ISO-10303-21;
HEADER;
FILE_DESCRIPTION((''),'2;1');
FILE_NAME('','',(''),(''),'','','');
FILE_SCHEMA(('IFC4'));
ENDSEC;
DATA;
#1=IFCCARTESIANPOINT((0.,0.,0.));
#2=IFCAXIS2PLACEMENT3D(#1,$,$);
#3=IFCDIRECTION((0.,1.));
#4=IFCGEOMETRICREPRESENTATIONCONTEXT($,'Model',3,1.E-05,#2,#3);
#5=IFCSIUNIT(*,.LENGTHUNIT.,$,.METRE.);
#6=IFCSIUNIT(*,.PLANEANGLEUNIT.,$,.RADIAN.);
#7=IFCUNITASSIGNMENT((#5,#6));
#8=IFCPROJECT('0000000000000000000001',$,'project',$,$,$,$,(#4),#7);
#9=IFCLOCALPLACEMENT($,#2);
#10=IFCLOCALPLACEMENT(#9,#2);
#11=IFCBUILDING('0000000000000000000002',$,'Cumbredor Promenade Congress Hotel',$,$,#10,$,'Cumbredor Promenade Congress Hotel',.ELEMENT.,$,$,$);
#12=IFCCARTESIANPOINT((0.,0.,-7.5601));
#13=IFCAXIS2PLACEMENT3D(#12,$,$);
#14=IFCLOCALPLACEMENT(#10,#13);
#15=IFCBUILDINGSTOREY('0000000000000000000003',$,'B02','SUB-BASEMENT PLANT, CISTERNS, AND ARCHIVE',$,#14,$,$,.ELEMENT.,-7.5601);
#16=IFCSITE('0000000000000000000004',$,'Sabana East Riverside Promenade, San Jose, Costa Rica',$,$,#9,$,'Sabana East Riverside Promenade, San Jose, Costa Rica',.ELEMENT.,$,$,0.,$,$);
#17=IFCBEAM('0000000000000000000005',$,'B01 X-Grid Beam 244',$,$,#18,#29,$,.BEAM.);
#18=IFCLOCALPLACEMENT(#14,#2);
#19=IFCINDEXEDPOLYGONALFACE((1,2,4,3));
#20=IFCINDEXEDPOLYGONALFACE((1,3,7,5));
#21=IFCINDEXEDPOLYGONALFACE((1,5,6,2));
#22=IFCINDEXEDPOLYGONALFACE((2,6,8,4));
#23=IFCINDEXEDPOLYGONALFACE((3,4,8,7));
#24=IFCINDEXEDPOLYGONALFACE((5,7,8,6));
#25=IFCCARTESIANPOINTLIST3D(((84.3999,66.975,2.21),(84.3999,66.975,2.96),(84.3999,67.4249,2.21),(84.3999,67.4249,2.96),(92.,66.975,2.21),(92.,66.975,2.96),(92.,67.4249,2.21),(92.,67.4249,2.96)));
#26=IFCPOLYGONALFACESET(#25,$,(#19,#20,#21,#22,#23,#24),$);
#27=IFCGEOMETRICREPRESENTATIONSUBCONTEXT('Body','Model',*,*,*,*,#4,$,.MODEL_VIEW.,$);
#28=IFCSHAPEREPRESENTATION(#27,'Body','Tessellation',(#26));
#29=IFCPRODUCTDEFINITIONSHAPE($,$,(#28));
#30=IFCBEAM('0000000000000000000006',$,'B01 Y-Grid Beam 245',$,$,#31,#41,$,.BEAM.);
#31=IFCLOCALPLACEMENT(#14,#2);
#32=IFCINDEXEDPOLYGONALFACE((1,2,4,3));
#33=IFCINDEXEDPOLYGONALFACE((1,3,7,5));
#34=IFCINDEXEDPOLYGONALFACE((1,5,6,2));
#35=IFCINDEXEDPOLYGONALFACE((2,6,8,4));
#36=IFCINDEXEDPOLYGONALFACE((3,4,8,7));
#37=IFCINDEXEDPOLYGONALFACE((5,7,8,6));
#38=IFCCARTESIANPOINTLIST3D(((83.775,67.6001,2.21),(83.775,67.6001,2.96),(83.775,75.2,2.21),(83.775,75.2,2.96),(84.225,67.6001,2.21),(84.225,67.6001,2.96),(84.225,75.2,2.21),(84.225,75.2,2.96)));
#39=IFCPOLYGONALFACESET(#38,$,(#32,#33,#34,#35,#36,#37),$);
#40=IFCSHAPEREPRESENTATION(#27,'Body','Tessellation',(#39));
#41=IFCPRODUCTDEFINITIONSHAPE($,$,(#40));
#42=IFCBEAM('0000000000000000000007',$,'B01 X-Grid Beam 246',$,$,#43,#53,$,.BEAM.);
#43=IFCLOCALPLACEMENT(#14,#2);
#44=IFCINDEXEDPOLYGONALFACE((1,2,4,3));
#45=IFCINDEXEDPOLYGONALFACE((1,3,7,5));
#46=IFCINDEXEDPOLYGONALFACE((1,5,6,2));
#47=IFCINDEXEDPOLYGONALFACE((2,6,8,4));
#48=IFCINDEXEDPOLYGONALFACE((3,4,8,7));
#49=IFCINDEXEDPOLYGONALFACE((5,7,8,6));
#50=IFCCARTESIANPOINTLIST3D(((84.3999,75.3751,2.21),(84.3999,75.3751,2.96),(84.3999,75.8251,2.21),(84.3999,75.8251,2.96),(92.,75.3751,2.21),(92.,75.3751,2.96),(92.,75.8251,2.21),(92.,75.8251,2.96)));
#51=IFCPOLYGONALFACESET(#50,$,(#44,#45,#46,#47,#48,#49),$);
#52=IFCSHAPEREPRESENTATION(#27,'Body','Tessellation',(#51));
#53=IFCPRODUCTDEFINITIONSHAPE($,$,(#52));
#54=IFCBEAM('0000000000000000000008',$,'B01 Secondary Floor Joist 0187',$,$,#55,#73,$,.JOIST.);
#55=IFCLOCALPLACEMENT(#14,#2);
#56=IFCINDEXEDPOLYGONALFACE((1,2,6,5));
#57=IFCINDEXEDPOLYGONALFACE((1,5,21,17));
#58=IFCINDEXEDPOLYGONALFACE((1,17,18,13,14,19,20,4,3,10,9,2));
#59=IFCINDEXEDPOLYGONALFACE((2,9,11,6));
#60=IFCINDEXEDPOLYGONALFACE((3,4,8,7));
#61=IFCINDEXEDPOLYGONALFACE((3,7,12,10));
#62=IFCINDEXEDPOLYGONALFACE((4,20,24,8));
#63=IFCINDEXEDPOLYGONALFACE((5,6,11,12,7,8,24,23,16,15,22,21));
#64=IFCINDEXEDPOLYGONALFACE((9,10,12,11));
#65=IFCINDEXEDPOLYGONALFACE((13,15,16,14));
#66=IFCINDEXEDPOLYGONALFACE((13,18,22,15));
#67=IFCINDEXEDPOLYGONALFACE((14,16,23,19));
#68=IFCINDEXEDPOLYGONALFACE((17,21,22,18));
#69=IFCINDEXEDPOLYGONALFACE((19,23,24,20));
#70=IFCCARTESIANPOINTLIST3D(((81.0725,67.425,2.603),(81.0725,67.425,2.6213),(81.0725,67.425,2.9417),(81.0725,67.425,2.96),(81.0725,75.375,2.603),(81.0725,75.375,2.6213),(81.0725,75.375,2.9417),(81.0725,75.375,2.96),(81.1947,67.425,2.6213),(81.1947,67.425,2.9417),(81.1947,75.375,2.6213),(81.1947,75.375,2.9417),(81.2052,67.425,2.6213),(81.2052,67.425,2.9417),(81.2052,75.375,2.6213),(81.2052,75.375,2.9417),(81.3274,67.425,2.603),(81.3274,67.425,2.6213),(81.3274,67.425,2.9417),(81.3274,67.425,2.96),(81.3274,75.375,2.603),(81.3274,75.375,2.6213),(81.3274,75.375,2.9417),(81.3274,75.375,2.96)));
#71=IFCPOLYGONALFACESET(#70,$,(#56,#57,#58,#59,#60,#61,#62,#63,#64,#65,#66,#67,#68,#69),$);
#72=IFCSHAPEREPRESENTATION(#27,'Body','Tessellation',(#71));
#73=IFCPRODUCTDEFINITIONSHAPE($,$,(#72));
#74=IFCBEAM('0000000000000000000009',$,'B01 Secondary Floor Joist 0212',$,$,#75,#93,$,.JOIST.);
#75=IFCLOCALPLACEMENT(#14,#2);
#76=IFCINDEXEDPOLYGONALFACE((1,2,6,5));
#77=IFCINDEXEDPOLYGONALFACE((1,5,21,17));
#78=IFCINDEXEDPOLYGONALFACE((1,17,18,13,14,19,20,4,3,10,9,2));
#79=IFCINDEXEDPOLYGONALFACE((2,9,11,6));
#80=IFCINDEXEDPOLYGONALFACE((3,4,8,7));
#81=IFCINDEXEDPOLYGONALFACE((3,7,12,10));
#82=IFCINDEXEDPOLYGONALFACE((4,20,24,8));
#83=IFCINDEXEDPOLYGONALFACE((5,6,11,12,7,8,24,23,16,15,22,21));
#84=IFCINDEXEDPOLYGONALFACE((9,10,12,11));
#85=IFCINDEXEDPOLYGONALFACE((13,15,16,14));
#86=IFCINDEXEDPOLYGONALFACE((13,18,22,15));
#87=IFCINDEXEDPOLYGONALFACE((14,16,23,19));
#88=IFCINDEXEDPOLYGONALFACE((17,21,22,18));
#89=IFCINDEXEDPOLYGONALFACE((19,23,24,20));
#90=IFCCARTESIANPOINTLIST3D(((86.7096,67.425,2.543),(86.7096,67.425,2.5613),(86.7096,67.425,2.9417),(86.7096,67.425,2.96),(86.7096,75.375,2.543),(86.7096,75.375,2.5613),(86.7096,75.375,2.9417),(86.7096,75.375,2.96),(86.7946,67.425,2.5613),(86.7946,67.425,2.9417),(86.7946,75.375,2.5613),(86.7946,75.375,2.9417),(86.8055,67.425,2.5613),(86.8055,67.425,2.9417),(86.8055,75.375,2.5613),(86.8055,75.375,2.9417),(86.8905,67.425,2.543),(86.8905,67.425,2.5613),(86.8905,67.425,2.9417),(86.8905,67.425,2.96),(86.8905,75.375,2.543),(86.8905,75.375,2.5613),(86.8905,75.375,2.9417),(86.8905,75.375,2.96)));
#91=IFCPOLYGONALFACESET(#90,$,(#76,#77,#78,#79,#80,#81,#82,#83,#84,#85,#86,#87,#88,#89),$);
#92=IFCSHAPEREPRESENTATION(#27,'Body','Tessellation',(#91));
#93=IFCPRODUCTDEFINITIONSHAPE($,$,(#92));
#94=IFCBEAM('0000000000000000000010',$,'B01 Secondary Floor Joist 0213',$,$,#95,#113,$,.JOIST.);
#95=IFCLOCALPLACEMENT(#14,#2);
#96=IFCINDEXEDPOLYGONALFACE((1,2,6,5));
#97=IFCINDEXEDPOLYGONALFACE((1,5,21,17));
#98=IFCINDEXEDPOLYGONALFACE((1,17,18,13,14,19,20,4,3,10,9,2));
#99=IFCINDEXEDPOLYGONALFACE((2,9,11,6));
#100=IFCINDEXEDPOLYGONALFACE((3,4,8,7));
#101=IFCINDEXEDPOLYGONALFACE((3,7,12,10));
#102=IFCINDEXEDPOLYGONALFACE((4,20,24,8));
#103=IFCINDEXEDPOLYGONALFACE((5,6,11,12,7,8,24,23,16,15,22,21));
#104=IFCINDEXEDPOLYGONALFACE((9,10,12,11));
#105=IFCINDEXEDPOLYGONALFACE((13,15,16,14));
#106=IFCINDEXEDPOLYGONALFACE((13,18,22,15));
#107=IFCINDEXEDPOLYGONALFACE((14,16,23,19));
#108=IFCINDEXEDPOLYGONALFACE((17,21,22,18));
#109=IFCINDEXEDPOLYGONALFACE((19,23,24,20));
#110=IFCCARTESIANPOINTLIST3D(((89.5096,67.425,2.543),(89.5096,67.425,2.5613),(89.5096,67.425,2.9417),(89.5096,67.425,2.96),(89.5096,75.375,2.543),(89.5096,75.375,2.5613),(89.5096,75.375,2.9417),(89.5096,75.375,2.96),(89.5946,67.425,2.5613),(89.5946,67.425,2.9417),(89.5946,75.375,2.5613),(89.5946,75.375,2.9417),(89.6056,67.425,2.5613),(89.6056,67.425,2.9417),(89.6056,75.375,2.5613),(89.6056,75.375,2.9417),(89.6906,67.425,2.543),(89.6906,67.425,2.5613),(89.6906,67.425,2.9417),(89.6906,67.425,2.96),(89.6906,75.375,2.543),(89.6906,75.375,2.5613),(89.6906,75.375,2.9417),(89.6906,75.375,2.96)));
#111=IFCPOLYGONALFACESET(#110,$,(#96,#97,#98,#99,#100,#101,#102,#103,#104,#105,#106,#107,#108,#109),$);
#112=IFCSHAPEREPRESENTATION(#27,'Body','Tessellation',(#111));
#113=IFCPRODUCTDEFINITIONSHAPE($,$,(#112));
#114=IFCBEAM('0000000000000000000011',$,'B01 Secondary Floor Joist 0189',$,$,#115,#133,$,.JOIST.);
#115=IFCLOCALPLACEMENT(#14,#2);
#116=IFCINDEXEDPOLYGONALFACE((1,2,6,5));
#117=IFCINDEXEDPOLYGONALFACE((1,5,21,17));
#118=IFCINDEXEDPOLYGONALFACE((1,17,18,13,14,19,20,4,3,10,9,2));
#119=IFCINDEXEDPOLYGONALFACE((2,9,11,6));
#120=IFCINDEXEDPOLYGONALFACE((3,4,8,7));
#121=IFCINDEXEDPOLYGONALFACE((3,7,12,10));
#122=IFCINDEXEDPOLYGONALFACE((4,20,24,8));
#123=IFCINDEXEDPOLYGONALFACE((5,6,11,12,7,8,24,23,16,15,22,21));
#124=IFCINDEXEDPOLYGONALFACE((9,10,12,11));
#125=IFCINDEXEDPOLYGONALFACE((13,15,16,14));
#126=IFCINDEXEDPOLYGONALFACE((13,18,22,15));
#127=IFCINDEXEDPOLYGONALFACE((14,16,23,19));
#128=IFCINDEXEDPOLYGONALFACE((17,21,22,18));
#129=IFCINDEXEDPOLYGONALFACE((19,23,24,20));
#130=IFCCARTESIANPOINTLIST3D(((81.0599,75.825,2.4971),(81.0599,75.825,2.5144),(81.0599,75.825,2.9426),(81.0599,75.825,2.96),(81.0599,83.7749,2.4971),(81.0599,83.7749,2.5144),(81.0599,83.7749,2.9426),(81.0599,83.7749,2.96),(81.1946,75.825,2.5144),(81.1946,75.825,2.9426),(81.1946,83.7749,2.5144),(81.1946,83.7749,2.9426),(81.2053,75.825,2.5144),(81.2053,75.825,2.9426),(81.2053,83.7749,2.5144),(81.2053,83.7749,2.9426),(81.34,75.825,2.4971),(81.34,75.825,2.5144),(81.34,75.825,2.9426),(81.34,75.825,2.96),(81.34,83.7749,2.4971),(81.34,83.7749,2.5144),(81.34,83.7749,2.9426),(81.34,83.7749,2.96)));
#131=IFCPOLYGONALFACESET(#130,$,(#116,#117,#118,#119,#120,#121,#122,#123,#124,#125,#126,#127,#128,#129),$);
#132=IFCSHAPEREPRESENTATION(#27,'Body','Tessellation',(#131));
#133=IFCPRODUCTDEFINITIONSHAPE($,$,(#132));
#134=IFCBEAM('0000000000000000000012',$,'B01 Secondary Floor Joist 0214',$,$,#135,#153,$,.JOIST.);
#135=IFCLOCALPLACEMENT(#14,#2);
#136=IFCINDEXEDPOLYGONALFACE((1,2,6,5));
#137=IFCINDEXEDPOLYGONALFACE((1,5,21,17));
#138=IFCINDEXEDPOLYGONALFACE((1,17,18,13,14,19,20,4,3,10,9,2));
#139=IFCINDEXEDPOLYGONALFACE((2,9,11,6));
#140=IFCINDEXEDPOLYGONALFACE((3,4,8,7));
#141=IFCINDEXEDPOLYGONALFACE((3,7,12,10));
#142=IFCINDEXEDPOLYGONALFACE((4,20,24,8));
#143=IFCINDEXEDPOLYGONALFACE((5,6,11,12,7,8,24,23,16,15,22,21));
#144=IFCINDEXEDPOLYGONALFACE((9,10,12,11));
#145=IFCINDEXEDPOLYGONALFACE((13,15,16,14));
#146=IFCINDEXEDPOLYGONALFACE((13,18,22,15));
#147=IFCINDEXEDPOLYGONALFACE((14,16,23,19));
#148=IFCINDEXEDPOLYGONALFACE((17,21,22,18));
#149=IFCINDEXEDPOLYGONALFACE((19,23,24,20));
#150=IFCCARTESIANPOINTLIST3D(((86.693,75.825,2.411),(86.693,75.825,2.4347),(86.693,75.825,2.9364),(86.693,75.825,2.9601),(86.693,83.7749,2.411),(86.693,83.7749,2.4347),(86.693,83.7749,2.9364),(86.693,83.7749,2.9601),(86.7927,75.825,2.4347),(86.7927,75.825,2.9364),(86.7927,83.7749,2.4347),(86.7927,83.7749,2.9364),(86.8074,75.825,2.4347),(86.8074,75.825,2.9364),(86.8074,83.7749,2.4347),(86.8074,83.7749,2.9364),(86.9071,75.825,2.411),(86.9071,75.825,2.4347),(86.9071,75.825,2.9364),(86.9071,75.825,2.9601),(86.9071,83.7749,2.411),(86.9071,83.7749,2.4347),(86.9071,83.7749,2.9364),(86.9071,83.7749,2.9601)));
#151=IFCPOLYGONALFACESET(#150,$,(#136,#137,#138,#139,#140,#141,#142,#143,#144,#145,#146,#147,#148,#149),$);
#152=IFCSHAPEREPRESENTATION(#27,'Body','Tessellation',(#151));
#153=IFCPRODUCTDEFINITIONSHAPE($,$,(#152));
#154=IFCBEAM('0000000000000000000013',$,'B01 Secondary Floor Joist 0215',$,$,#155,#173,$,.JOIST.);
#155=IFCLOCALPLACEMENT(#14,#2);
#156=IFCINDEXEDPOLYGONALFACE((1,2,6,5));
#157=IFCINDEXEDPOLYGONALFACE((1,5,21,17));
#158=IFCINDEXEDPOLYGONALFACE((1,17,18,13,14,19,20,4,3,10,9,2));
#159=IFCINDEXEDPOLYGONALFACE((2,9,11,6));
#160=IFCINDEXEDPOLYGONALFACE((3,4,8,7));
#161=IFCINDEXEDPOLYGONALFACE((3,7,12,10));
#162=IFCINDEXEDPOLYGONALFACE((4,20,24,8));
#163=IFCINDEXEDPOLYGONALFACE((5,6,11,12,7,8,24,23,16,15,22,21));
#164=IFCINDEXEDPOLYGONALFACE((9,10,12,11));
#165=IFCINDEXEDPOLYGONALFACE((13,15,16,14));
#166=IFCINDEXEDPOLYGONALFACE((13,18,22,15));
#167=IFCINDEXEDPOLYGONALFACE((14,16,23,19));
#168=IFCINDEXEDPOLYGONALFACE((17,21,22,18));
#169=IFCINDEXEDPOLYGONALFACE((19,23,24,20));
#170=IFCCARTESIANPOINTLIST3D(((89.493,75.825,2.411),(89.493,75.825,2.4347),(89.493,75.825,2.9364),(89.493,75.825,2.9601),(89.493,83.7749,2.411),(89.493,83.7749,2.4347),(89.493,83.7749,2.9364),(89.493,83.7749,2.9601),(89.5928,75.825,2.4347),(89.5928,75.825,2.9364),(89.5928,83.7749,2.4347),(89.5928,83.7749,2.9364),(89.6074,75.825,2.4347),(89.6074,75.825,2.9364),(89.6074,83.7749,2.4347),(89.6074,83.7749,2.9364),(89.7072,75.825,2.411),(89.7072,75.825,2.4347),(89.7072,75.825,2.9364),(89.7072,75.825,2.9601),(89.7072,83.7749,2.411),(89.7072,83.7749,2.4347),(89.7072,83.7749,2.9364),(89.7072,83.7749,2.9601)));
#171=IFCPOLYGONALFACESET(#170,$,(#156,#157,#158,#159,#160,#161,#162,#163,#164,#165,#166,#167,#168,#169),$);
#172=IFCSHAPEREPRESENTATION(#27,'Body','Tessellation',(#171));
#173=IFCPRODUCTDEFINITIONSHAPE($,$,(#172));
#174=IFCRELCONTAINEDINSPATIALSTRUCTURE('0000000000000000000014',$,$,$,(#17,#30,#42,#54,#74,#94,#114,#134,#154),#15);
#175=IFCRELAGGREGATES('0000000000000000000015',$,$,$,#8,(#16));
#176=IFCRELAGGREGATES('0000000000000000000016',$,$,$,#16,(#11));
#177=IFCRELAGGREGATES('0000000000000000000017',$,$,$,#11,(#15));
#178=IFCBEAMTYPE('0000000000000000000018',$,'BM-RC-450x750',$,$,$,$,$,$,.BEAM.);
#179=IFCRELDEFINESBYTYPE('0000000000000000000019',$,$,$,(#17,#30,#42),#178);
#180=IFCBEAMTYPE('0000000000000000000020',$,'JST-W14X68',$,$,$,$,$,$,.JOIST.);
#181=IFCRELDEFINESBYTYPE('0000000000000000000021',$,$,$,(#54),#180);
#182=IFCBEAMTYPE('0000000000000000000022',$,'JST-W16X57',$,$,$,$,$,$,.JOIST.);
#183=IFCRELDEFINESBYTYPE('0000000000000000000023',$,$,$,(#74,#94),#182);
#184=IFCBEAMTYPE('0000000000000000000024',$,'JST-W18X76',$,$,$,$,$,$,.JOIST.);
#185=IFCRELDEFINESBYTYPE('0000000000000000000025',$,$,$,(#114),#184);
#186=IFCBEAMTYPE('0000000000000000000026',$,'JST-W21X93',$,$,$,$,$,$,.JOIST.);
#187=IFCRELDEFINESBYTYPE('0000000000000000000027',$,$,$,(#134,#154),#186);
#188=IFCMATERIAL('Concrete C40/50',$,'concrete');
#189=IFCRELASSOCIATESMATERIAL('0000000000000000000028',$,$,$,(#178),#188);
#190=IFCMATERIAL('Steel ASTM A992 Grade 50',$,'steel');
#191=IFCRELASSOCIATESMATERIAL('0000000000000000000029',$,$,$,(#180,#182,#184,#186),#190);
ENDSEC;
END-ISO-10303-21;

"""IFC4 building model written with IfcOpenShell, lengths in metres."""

from ifc_helpers import new_model, si_unit, direction, frame, origin, origin_2d, place, context, subcontext, project, spatial, rectangle, i_section, extrude, material, material_profile, profile_set, type_object, element, save


model = new_model("IFC4")

# Units and contexts
model_context = context("Model", 3, precision=1e-05, world=origin(), true_north=direction((0.0, 1.0)))
body_context = subcontext(model_context, "Body", "Model", "MODEL_VIEW")
ifc_project = project(units=[si_unit("LENGTHUNIT", "METRE"), si_unit("PLANEANGLEUNIT", "RADIAN")], contexts=[model_context])

# Site, building, storey
site_placement = place(None, origin())
site = spatial("IfcSite", under=ifc_project, at=site_placement, Name="Sabana East Riverside Promenade, San Jose, Costa Rica", LongName="Sabana East Riverside Promenade, San Jose, Costa Rica", CompositionType="ELEMENT", RefElevation=0.0)
building_placement = place(site_placement, origin())
building = spatial("IfcBuilding", under=site, at=building_placement, Name="Cumbredor Promenade Congress Hotel", LongName="Cumbredor Promenade Congress Hotel", CompositionType="ELEMENT")
storey_placement = place(building_placement, frame((0.0, 0.0, -7.5601)))
storey = spatial("IfcBuildingStorey", under=building, at=storey_placement, Name="B02", Description="SUB-BASEMENT PLANT, CISTERNS, AND ARCHIVE", CompositionType="ELEMENT", Elevation=-7.5601)

# Shared definitions
ifc_material_1 = material(Name="Concrete C40/50", Category="concrete")

# Beams
ifc_material_profile_1 = material_profile(ifc_material_1, rectangle(XDim=0.45, YDim=0.75, at=origin_2d()), Name="RC BEAM 450x750")
ifc_profile_set_1 = profile_set([ifc_material_profile_1], Name="Concrete C40/50")
beam_type_1 = type_object("IfcBeamType", Name="BM-RC-450x750", PredefinedType="BEAM", material=ifc_profile_set_1)
beam_1_placement = place(storey_placement, frame((84.3999, 67.2, 2.585), z_axis=(1.0, 0.0, 0.0), x_axis=(0.0, 1.0, 0.0)))
element("IfcBeam", 1, at=beam_1_placement, inside=storey, type_object=beam_type_1, Name="B01 X-Grid Beam 244", PredefinedType="BEAM", context=body_context, shape_type="SweptSolid", body=[
    extrude(rectangle(XDim=0.45, YDim=0.75, at=origin_2d()), origin(), (0.0, 0.0, 1.0), 7.6001),
])
beam_2_placement = place(storey_placement, frame((84.0, 67.6001, 2.585), z_axis=(0.0, 1.0, 0.0), x_axis=(-1.0, 0.0, 0.0)))
element("IfcBeam", 2, at=beam_2_placement, inside=storey, type_object=beam_type_1, Name="B01 Y-Grid Beam 245", PredefinedType="BEAM", context=body_context, shape_type="SweptSolid", body=[
    extrude(rectangle(XDim=0.45, YDim=0.75, at=origin_2d()), origin(), (0.0, 0.0, 1.0), 7.5999),
])
beam_3_placement = place(storey_placement, frame((84.3999, 75.6001, 2.585), z_axis=(1.0, 0.0, 0.0), x_axis=(0.0, 1.0, 0.0)))
element("IfcBeam", 3, at=beam_3_placement, inside=storey, type_object=beam_type_1, Name="B01 X-Grid Beam 246", PredefinedType="BEAM", context=body_context, shape_type="SweptSolid", body=[
    extrude(rectangle(XDim=0.45, YDim=0.75, at=origin_2d()), origin(), (0.0, 0.0, 1.0), 7.6001),
])
ifc_material_2 = material(Name="Steel ASTM A992 Grade 50", Category="steel")
ifc_material_profile_2 = material_profile(ifc_material_2, i_section(OverallWidth=0.2549, OverallDepth=0.3569, WebThickness=0.0105, FlangeThickness=0.0183, at=origin_2d()), Name="W14X68")
ifc_profile_set_2 = profile_set([ifc_material_profile_2], Name="Steel ASTM A992 Grade 50")
beam_type_2 = type_object("IfcBeamType", Name="JST-W14X68", PredefinedType="JOIST", material=ifc_profile_set_2)
beam_4_placement = place(storey_placement, frame((81.2, 67.425, 2.7815), z_axis=(0.0, 1.0, 0.0), x_axis=(-1.0, 0.0, 0.0)))
element("IfcBeam", 4, at=beam_4_placement, inside=storey, type_object=beam_type_2, Name="B01 Secondary Floor Joist 0187", PredefinedType="JOIST", context=body_context, shape_type="SweptSolid", body=[
    extrude(i_section(OverallWidth=0.2549, OverallDepth=0.3569, WebThickness=0.0105, FlangeThickness=0.0183, at=origin_2d()), origin(), (0.0, 0.0, 1.0), 7.95),
])
ifc_material_profile_3 = material_profile(ifc_material_2, i_section(OverallWidth=0.1809, OverallDepth=0.417, WebThickness=0.011, FlangeThickness=0.0183, at=origin_2d()), Name="W16X57")
ifc_profile_set_3 = profile_set([ifc_material_profile_3], Name="Steel ASTM A992 Grade 50")
beam_type_3 = type_object("IfcBeamType", Name="JST-W16X57", PredefinedType="JOIST", material=ifc_profile_set_3)
for number, where, z_axis, x_axis, name in (
    (5, (86.8, 67.425, 2.7515), (0.0, 1.0, 0.0), (-1.0, 0.0, 0.0), "B01 Secondary Floor Joist 0212"),
    (6, (89.6001, 67.425, 2.7515), (0.0, 1.0, 0.0), (-1.0, 0.0, 0.0), "B01 Secondary Floor Joist 0213"),
):
    element("IfcBeam", number, at=place(storey_placement, frame(where, z_axis=z_axis, x_axis=x_axis)), inside=storey, type_object=beam_type_3, Name=name, PredefinedType="JOIST", context=body_context, shape_type="SweptSolid", body=[
        extrude(i_section(OverallWidth=0.1809, OverallDepth=0.417, WebThickness=0.011, FlangeThickness=0.0183, at=origin_2d()), origin(), (0.0, 0.0, 1.0), 7.95),
    ])
ifc_material_profile_4 = material_profile(ifc_material_2, i_section(OverallWidth=0.28, OverallDepth=0.4629, WebThickness=0.0107, FlangeThickness=0.0173, at=origin_2d()), Name="W18X76")
ifc_profile_set_4 = profile_set([ifc_material_profile_4], Name="Steel ASTM A992 Grade 50")
beam_type_4 = type_object("IfcBeamType", Name="JST-W18X76", PredefinedType="JOIST", material=ifc_profile_set_4)
beam_5_placement = place(storey_placement, frame((81.2, 75.825, 2.7285), z_axis=(0.0, 1.0, 0.0), x_axis=(-1.0, 0.0, 0.0)))
element("IfcBeam", 7, at=beam_5_placement, inside=storey, type_object=beam_type_4, Name="B01 Secondary Floor Joist 0189", PredefinedType="JOIST", context=body_context, shape_type="SweptSolid", body=[
    extrude(i_section(OverallWidth=0.28, OverallDepth=0.4629, WebThickness=0.0107, FlangeThickness=0.0173, at=origin_2d()), origin(), (0.0, 0.0, 1.0), 7.95),
])
ifc_material_profile_5 = material_profile(ifc_material_2, i_section(OverallWidth=0.2141, OverallDepth=0.5491, WebThickness=0.0146, FlangeThickness=0.0237, at=origin_2d()), Name="W21X93")
ifc_profile_set_5 = profile_set([ifc_material_profile_5], Name="Steel ASTM A992 Grade 50")
beam_type_5 = type_object("IfcBeamType", Name="JST-W21X93", PredefinedType="JOIST", material=ifc_profile_set_5)
for number, where, z_axis, x_axis, name in (
    (8, (86.8, 75.825, 2.6855), (0.0, 1.0, 0.0), (-1.0, 0.0, 0.0), "B01 Secondary Floor Joist 0214"),
    (9, (89.6001, 75.825, 2.6855), (0.0, 1.0, 0.0), (-1.0, 0.0, 0.0), "B01 Secondary Floor Joist 0215"),
):
    element("IfcBeam", number, at=place(storey_placement, frame(where, z_axis=z_axis, x_axis=x_axis)), inside=storey, type_object=beam_type_5, Name=name, PredefinedType="JOIST", context=body_context, shape_type="SweptSolid", body=[
        extrude(i_section(OverallWidth=0.2141, OverallDepth=0.5491, WebThickness=0.0146, FlangeThickness=0.0237, at=origin_2d()), origin(), (0.0, 0.0, 1.0), 7.95),
    ])

save(model, "model.ifc")
